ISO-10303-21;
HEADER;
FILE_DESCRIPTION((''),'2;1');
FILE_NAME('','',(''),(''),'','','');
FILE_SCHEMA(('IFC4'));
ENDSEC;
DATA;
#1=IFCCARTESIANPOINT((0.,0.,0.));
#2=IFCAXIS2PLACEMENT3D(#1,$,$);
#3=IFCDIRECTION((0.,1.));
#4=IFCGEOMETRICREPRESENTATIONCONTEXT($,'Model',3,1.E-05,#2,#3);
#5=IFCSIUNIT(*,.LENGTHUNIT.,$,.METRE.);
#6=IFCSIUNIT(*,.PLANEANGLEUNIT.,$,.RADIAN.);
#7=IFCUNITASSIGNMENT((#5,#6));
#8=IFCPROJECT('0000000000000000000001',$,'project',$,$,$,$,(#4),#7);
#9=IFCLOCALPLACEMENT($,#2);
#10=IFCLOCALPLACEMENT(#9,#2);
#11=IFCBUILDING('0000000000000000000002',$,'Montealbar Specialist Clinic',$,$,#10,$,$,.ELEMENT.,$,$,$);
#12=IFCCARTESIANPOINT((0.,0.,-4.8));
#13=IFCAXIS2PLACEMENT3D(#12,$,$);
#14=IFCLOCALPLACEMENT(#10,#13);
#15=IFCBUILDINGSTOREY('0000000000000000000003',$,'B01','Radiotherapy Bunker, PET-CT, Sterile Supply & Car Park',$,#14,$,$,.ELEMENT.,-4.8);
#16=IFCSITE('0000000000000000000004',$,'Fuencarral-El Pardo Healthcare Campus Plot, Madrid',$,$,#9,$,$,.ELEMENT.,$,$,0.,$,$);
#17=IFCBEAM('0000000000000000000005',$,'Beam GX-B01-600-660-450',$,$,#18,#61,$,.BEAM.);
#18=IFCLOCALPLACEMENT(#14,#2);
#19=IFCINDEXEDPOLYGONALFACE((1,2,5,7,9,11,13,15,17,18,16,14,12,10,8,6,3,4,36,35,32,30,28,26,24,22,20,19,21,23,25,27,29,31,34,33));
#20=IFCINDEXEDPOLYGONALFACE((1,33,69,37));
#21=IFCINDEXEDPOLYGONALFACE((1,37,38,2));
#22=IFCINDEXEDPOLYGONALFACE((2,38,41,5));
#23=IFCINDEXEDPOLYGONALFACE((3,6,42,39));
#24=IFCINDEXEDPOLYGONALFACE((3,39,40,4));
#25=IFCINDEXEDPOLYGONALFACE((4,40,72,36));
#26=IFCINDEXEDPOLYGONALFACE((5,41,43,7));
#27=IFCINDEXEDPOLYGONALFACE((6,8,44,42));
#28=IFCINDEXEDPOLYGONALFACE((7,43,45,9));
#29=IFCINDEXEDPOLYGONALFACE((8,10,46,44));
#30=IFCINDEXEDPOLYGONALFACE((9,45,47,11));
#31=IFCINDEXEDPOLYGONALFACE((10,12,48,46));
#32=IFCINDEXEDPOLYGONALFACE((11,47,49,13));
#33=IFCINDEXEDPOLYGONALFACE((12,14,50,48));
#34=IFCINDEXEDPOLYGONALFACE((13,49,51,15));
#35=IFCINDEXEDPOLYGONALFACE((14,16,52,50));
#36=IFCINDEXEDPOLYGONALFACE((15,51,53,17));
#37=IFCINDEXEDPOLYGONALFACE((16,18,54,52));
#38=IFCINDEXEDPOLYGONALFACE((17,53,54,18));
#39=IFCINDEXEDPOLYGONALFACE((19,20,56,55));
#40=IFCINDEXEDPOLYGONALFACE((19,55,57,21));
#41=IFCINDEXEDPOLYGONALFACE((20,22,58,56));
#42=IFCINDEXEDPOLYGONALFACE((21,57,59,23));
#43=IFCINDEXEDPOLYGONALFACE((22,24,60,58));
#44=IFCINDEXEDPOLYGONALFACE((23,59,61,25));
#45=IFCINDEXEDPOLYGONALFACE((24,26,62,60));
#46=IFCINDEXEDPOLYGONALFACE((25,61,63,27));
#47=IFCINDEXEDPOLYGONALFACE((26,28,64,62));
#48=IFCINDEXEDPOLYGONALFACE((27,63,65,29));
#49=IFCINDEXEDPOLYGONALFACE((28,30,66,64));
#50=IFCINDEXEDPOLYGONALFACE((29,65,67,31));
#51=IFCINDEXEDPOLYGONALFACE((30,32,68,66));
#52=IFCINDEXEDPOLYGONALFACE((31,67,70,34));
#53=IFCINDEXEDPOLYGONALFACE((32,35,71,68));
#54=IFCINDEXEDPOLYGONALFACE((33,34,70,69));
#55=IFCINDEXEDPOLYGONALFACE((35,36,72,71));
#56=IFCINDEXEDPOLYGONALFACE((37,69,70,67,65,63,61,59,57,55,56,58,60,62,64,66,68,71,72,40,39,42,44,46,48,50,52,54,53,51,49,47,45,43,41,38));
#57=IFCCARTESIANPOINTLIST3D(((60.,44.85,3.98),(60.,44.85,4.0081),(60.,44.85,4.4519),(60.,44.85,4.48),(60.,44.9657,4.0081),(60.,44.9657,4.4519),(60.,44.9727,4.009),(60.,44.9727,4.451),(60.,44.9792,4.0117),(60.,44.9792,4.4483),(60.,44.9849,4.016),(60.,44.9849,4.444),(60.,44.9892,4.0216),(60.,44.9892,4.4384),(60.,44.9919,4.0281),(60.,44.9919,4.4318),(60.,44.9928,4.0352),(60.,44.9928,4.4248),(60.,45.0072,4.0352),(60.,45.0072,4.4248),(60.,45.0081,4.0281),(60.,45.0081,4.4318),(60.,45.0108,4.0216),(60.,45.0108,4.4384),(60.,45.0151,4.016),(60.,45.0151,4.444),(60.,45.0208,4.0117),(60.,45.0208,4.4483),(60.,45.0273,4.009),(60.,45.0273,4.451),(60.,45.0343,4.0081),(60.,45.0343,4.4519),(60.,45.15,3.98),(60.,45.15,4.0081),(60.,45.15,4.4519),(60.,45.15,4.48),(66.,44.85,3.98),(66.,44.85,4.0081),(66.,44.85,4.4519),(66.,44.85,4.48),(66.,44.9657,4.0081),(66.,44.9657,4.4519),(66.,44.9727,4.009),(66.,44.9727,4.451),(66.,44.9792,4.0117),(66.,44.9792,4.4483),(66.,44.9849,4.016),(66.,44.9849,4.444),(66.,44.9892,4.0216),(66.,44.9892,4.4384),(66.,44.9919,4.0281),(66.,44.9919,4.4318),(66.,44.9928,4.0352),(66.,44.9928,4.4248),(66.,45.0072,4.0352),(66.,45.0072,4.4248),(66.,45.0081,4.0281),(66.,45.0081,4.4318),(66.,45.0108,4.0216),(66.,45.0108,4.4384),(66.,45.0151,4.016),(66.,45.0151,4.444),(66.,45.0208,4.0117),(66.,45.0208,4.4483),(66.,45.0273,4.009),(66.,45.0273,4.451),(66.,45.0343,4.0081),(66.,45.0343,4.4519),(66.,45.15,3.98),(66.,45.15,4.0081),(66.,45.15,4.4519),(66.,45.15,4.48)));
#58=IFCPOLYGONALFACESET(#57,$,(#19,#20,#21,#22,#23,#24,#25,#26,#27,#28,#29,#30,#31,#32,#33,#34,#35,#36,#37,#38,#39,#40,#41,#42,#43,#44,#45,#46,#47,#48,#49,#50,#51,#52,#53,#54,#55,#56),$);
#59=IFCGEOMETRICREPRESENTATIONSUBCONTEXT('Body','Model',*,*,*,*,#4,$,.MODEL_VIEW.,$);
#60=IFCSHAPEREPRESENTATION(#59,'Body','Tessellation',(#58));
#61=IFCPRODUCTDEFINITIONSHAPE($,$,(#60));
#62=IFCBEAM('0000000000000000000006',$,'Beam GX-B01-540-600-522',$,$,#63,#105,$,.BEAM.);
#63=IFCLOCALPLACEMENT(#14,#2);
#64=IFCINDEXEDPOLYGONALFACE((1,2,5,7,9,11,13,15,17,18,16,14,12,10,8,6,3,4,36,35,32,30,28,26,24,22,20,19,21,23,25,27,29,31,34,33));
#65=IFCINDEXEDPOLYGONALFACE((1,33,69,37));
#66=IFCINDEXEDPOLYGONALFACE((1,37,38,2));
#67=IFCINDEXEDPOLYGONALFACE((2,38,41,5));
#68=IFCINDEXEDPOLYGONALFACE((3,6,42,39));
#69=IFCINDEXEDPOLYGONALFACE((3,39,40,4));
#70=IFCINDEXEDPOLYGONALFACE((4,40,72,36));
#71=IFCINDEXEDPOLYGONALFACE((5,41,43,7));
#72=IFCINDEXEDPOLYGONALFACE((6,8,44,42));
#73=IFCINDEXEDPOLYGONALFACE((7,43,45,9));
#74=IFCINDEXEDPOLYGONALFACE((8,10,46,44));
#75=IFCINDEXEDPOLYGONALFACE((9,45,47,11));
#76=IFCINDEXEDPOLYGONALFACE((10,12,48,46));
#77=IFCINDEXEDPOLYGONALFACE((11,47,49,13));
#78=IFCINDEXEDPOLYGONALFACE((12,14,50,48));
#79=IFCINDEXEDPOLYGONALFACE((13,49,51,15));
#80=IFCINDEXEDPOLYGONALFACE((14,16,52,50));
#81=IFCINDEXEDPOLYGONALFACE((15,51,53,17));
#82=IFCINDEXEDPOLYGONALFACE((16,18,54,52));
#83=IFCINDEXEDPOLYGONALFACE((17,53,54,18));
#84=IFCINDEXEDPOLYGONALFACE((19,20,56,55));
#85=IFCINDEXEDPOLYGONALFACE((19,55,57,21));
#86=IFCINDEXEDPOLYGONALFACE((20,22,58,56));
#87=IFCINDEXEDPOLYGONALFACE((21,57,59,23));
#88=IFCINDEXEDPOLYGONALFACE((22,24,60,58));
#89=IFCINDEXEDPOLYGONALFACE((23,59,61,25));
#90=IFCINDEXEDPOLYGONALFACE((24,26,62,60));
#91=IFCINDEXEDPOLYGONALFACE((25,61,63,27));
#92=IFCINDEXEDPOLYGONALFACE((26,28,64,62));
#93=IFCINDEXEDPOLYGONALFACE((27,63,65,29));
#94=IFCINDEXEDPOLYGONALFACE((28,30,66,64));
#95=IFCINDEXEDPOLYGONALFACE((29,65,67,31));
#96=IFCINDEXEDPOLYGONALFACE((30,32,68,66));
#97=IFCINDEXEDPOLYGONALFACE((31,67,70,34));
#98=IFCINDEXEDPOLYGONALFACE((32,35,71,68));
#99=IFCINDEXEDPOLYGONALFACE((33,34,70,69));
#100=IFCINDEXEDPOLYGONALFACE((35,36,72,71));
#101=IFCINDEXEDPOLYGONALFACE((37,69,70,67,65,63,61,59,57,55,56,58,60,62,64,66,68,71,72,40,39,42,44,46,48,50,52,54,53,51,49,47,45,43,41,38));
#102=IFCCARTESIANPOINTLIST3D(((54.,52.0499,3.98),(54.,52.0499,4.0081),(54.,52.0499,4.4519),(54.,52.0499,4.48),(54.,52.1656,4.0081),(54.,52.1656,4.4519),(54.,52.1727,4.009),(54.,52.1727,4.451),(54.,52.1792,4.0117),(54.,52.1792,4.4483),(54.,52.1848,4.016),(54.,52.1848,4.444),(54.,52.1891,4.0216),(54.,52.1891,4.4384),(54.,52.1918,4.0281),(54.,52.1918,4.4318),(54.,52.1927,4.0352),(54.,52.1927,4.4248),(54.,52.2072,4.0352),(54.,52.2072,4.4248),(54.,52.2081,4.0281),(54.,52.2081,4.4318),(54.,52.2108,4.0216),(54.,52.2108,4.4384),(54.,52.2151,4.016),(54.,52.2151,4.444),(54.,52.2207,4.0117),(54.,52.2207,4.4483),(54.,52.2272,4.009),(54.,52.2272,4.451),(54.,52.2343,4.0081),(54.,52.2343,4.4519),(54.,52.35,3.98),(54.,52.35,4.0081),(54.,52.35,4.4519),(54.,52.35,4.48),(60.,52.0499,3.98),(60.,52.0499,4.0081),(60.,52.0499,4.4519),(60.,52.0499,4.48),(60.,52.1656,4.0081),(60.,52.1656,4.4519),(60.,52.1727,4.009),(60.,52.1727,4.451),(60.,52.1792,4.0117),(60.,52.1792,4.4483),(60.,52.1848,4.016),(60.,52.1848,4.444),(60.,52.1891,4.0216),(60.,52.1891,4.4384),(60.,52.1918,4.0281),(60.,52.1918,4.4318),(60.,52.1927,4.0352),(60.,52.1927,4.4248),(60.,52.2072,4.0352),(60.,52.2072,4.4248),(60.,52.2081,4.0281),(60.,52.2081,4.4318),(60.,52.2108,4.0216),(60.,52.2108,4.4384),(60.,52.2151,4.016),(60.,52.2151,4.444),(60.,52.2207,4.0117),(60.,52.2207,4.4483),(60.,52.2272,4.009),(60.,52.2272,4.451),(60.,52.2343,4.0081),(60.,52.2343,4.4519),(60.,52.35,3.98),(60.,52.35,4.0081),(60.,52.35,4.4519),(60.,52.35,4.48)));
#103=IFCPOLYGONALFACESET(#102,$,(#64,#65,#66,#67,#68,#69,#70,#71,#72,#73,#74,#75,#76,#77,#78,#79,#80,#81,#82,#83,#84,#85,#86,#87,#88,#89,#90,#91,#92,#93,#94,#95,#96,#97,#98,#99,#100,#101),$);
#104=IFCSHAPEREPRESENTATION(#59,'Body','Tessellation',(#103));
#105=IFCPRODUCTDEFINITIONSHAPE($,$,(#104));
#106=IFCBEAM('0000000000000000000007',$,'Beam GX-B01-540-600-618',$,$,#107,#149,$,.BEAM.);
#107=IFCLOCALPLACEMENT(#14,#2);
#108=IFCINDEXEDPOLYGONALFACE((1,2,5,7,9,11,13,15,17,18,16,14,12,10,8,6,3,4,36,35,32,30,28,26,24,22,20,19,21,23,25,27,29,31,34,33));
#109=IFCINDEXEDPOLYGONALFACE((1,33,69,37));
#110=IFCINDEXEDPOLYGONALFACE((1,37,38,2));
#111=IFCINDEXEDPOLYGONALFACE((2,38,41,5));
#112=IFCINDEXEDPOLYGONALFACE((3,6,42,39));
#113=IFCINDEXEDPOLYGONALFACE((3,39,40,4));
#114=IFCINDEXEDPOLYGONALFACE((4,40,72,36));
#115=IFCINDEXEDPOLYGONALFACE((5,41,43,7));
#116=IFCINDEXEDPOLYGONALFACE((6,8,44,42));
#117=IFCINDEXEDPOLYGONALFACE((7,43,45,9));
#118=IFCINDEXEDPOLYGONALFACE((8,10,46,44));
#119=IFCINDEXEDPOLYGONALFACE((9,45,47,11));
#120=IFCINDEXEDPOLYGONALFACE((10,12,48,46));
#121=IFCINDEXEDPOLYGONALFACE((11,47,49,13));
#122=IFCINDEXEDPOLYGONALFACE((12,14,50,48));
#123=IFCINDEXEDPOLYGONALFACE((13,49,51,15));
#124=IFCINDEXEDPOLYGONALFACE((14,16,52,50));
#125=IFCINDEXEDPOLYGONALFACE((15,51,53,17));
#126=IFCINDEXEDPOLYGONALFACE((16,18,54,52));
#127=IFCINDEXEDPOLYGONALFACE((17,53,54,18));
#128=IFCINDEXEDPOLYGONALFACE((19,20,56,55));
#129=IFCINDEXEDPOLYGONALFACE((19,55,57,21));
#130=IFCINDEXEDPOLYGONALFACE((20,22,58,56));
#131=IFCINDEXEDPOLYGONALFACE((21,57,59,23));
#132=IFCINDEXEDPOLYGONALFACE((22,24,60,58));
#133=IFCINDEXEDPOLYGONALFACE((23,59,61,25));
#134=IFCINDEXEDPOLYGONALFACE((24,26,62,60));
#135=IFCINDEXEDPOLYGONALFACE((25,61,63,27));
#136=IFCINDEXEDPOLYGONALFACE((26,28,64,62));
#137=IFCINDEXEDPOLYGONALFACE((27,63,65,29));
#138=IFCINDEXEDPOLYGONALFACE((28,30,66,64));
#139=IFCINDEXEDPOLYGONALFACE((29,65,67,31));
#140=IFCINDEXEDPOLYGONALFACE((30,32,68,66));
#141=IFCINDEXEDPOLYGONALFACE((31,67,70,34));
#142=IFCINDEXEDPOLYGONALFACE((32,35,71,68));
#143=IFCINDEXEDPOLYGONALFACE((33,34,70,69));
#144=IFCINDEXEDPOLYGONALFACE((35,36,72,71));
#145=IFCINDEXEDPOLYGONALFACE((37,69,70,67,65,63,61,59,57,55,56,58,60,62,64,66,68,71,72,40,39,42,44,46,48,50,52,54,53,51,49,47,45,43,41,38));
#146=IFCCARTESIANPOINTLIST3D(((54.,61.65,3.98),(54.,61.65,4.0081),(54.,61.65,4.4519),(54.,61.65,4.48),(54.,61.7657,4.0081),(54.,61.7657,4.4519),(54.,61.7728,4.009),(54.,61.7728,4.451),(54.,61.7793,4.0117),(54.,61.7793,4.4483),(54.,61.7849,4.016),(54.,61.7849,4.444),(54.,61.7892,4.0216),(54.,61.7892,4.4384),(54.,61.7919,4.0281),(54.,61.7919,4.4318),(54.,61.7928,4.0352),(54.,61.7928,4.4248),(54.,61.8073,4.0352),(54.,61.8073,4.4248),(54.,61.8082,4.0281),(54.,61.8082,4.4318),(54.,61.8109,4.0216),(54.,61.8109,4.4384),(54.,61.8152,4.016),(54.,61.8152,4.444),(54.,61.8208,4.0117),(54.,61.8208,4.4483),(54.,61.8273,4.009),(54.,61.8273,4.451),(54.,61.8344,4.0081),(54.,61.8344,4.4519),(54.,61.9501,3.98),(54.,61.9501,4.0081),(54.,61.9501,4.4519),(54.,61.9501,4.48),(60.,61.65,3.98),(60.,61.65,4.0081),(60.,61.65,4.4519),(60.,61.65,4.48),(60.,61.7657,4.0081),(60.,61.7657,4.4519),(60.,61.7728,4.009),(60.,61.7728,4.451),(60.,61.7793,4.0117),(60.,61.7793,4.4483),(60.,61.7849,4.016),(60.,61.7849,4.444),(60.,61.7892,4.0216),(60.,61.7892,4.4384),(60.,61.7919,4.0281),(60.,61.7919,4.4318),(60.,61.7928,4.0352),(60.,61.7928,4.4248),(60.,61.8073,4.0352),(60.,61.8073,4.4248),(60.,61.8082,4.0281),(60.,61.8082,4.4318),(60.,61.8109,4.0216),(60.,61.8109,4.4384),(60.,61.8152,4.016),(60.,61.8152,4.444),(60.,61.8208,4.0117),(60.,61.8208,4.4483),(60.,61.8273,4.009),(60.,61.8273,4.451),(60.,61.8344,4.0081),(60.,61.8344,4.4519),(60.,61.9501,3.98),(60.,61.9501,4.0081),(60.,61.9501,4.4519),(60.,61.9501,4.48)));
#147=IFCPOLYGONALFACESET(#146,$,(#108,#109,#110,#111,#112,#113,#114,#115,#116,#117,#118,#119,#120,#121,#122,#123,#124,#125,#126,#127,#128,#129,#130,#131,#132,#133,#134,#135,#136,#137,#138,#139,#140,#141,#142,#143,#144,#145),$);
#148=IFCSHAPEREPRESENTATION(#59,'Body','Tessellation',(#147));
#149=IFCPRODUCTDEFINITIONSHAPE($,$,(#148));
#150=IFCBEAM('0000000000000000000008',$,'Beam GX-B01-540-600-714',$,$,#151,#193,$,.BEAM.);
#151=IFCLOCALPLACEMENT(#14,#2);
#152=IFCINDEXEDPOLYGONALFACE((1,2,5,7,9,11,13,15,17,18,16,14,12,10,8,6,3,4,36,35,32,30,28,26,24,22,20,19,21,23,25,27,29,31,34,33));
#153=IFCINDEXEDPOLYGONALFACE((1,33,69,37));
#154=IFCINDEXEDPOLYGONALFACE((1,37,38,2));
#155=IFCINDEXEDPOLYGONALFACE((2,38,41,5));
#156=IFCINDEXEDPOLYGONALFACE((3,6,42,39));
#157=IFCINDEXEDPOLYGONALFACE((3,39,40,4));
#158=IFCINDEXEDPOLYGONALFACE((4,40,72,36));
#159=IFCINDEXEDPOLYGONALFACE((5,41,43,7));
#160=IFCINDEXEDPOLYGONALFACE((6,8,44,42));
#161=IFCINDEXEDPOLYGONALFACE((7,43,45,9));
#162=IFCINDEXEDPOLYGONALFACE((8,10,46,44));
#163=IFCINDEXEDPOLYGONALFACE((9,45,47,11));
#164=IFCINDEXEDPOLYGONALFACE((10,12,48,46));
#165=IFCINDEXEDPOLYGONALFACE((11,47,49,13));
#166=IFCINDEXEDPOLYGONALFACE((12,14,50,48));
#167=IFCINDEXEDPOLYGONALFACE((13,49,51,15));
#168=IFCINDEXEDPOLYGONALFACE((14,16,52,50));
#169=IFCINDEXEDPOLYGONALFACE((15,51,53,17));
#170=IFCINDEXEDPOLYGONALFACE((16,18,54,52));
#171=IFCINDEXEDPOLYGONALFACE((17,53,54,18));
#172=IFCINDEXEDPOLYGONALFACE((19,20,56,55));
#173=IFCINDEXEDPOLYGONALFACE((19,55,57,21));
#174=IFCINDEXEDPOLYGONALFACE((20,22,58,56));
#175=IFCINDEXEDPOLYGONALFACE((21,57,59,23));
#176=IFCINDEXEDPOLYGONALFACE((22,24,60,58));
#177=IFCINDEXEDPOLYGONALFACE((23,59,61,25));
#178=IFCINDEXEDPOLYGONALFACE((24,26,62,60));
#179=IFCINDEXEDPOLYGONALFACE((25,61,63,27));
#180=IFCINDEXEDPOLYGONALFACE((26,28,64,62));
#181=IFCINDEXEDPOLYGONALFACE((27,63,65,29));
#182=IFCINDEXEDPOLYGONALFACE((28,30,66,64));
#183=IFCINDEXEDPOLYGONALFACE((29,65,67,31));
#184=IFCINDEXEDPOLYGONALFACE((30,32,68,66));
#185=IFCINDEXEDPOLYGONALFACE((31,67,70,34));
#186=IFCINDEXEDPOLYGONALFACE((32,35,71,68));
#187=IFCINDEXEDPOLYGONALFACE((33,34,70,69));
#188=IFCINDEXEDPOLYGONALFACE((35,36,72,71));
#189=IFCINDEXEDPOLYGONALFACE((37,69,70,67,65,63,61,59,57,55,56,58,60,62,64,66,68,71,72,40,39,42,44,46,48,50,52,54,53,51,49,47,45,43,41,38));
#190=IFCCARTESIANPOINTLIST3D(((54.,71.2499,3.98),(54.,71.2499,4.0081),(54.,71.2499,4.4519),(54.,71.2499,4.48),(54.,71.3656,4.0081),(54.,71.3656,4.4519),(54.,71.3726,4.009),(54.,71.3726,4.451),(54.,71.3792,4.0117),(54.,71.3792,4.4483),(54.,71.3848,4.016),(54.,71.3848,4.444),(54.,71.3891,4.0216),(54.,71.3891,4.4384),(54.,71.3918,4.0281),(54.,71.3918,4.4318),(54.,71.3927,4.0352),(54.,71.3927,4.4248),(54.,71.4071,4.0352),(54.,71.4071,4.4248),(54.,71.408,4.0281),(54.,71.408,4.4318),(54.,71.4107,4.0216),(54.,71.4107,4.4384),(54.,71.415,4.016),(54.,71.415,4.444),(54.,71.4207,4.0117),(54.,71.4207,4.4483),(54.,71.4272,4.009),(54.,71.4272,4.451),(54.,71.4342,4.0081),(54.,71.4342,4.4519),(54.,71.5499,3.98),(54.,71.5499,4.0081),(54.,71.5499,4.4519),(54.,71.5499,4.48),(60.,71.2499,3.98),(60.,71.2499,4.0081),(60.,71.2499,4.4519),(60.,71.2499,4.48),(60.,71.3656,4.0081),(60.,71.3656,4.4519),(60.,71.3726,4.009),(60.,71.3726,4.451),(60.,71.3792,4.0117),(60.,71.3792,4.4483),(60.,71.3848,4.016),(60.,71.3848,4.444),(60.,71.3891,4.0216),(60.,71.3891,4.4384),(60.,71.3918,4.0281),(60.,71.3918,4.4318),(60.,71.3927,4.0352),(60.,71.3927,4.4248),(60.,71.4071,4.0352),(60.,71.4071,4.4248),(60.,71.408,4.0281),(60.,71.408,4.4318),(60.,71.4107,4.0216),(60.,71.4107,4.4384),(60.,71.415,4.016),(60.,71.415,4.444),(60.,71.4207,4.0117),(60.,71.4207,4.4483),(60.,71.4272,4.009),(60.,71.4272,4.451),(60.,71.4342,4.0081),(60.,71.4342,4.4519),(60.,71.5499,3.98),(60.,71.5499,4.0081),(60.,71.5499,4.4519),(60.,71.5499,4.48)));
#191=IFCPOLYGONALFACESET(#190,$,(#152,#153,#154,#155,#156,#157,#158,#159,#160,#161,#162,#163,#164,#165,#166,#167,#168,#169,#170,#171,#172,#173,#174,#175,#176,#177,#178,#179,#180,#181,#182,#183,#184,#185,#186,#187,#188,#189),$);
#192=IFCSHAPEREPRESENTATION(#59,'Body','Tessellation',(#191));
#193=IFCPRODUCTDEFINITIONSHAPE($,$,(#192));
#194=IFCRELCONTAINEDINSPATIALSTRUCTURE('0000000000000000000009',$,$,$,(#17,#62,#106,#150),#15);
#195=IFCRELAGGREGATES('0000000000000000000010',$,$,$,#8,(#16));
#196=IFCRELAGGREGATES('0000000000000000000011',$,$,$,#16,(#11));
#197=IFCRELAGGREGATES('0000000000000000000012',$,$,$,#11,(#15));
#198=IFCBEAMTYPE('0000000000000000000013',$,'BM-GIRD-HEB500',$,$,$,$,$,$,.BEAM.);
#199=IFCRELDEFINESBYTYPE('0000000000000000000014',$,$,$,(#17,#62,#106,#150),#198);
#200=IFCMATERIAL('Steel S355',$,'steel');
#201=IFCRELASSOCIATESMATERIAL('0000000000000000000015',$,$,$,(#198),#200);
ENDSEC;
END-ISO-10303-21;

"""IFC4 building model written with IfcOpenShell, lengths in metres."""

from ifc_helpers import new_model, si_unit, direction, frame, origin, origin_2d, place, context, subcontext, project, spatial, i_section, extrude, material, material_profile, profile_set, type_object, element, save


model = new_model("IFC4")

# Units and contexts
model_context = context("Model", 3, precision=1e-05, world=origin(), true_north=direction((0.0, 1.0)))
body_context = subcontext(model_context, "Body", "Model", "MODEL_VIEW")
ifc_project = project(units=[si_unit("LENGTHUNIT", "METRE"), si_unit("PLANEANGLEUNIT", "RADIAN")], contexts=[model_context])

# Site, building, storey
site_placement = place(None, origin())
site = spatial("IfcSite", under=ifc_project, at=site_placement, Name="Fuencarral-El Pardo Healthcare Campus Plot, Madrid", CompositionType="ELEMENT", RefElevation=0.0)
building_placement = place(site_placement, origin())
building = spatial("IfcBuilding", under=site, at=building_placement, Name="Montealbar Specialist Clinic", CompositionType="ELEMENT")
storey_placement = place(building_placement, frame((0.0, 0.0, -4.8)))
storey = spatial("IfcBuildingStorey", under=building, at=storey_placement, Name="B01", Description="Radiotherapy Bunker, PET-CT, Sterile Supply & Car Park", CompositionType="ELEMENT", Elevation=-4.8)

# Shared definitions
ifc_material_1 = material(Name="Steel S355", Category="steel")

# Beams
ifc_material_profile_1 = material_profile(ifc_material_1, i_section(OverallWidth=0.3, OverallDepth=0.5, WebThickness=0.0144, FlangeThickness=0.0281, FilletRadius=0.0271, at=origin_2d()), Name="HEB 500", Category="steel")
ifc_profile_set_1 = profile_set([ifc_material_profile_1], Name="Steel S355")
beam_type_1 = type_object("IfcBeamType", Name="BM-GIRD-HEB500", PredefinedType="BEAM", material=ifc_profile_set_1)
for number, where, z_axis, x_axis, name in (
    (1, (60.0, 45.0, 4.23), (1.0, 0.0, 0.0), (0.0, 1.0, 0.0), "Beam GX-B01-600-660-450"),
    (2, (54.0, 52.2, 4.23), (1.0, 0.0, 0.0), (0.0, 1.0, 0.0), "Beam GX-B01-540-600-522"),
    (3, (54.0, 61.8, 4.23), (1.0, 0.0, 0.0), (0.0, 1.0, 0.0), "Beam GX-B01-540-600-618"),
    (4, (54.0, 71.3999, 4.23), (1.0, 0.0, 0.0), (0.0, 1.0, 0.0), "Beam GX-B01-540-600-714"),
):
    element("IfcBeam", number, at=place(storey_placement, frame(where, z_axis=z_axis, x_axis=x_axis)), inside=storey, type_object=beam_type_1, Name=name, PredefinedType="BEAM", context=body_context, shape_type="SweptSolid", body=[
        extrude(i_section(OverallWidth=0.3, OverallDepth=0.5, WebThickness=0.0144, FlangeThickness=0.0281, FilletRadius=0.0271, at=origin_2d()), origin(), (0.0, 0.0, 1.0), 6.0),
    ])

save(model, "model.ifc")
